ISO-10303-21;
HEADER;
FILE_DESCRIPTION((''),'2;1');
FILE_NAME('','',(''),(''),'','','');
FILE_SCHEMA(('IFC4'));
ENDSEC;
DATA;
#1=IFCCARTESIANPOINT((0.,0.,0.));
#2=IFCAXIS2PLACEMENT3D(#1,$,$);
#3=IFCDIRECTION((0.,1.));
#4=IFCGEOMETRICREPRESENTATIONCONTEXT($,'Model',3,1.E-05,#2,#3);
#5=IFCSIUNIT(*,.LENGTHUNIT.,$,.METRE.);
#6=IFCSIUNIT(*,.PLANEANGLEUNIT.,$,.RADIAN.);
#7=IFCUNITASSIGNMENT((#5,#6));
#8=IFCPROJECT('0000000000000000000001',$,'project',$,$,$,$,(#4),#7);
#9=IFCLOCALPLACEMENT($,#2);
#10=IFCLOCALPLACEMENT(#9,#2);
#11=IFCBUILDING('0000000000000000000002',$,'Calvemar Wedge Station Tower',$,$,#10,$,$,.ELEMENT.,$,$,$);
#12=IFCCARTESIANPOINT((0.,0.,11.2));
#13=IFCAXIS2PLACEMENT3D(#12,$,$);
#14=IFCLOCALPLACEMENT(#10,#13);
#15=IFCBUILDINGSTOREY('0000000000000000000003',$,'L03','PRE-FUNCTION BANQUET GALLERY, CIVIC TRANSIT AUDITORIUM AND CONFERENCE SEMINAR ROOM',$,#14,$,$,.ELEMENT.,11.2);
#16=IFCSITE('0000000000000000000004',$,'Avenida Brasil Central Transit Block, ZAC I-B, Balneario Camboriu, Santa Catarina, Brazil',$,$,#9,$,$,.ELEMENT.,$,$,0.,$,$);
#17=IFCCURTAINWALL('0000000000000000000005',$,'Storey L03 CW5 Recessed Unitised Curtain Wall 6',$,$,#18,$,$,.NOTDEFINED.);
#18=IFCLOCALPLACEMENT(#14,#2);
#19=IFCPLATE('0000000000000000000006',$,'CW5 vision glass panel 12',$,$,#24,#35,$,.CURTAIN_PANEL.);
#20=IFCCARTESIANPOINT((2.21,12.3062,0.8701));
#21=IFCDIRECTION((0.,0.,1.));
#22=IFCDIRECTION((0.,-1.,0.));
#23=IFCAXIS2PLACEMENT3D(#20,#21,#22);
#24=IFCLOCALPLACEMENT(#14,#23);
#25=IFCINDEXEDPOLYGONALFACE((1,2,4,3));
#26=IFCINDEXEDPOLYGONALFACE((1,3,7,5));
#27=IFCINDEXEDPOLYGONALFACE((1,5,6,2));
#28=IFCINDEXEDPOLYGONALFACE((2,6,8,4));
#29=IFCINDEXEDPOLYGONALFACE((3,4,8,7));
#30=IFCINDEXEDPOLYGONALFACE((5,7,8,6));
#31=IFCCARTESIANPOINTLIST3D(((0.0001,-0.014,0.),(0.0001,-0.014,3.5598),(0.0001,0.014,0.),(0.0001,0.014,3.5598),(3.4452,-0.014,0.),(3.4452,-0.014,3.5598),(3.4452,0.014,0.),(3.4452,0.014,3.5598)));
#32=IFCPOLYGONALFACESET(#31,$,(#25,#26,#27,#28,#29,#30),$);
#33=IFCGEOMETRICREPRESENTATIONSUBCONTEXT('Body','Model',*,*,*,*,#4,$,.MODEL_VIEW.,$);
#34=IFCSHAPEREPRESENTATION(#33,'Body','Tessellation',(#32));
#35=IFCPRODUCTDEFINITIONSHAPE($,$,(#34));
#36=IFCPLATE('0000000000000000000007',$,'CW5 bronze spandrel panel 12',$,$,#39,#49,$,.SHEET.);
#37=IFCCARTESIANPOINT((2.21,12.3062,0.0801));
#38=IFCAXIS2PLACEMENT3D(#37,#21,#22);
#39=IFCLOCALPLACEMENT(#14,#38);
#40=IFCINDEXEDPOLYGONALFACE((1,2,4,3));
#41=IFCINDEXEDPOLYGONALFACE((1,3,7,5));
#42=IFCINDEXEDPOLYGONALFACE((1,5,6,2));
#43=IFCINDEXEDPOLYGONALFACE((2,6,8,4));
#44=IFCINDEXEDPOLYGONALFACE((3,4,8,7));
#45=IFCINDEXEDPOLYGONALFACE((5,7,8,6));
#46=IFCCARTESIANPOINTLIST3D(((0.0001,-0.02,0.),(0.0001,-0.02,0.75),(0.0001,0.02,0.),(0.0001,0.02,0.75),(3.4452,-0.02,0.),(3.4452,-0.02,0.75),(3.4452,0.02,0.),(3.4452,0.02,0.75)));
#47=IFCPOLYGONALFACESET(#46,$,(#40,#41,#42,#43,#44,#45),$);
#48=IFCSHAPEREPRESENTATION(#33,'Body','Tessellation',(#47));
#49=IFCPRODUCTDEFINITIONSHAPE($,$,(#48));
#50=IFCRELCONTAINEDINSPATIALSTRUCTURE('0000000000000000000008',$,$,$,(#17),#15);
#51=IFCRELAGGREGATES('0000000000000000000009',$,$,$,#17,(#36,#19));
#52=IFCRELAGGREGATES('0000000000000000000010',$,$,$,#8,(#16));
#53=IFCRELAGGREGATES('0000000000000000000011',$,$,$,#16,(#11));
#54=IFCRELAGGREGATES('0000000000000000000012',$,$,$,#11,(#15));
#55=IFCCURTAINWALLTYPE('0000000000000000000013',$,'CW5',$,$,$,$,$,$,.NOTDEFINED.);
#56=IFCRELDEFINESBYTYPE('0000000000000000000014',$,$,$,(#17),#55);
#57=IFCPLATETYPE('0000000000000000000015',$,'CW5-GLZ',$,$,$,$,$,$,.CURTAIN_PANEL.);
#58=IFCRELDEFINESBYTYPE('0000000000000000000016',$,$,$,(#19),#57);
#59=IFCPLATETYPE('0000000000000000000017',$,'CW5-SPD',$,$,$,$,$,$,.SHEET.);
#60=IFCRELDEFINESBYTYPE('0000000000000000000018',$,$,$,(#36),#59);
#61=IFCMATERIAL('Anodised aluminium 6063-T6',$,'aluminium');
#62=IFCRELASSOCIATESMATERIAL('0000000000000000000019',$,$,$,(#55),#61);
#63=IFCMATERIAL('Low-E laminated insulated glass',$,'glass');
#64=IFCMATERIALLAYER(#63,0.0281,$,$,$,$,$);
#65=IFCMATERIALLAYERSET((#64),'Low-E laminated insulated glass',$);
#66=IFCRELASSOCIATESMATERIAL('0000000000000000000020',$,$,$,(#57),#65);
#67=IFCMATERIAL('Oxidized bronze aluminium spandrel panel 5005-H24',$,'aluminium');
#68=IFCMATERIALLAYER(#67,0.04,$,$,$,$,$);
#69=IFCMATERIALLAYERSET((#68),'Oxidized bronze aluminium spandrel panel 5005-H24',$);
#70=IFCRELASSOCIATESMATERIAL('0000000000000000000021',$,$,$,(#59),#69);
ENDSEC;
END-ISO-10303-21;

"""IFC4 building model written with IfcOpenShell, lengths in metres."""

from ifc_helpers import new_model, si_unit, direction, frame, frame_2d, origin, place, context, subcontext, project, spatial, rectangle, extrude, material, layer, layer_set, type_object, element, aggregate, save


model = new_model("IFC4")

# Units and contexts
model_context = context("Model", 3, precision=1e-05, world=origin(), true_north=direction((0.0, 1.0)))
body_context = subcontext(model_context, "Body", "Model", "MODEL_VIEW")
ifc_project = project(units=[si_unit("LENGTHUNIT", "METRE"), si_unit("PLANEANGLEUNIT", "RADIAN")], contexts=[model_context])

# Site, building, storey
site_placement = place(None, origin())
site = spatial("IfcSite", under=ifc_project, at=site_placement, Name="Avenida Brasil Central Transit Block, ZAC I-B, Balneario Camboriu, Santa Catarina, Brazil", CompositionType="ELEMENT", RefElevation=0.0)
building_placement = place(site_placement, origin())
building = spatial("IfcBuilding", under=site, at=building_placement, Name="Calvemar Wedge Station Tower", CompositionType="ELEMENT")
storey_placement = place(building_placement, frame((0.0, 0.0, 11.2)))
storey = spatial("IfcBuildingStorey", under=building, at=storey_placement, Name="L03", Description="PRE-FUNCTION BANQUET GALLERY, CIVIC TRANSIT AUDITORIUM AND CONFERENCE SEMINAR ROOM", CompositionType="ELEMENT", Elevation=11.2)

# Curtain wall, plates
ifc_material_1 = material(Name="Anodised aluminium 6063-T6", Category="aluminium")
curtain_wall_type = type_object("IfcCurtainWallType", Name="CW5", PredefinedType="NOTDEFINED", material=ifc_material_1)
curtain_wall_placement = place(storey_placement, origin())
curtain_wall = element("IfcCurtainWall", 1, at=curtain_wall_placement, inside=storey, type_object=curtain_wall_type, Name="Storey L03 CW5 Recessed Unitised Curtain Wall 6", PredefinedType="NOTDEFINED")
ifc_material_2 = material(Name="Low-E laminated insulated glass", Category="glass")
ifc_layer_1 = layer(ifc_material_2, 0.0281)
ifc_layer_set_1 = layer_set([ifc_layer_1], Name="Low-E laminated insulated glass")
plate_type_1 = type_object("IfcPlateType", Name="CW5-GLZ", PredefinedType="CURTAIN_PANEL", material=ifc_layer_set_1)
plate_1_placement = place(storey_placement, frame((2.21, 12.3062, 0.8701), z_axis=(0.0, 0.0, 1.0), x_axis=(0.0, -1.0, 0.0)))
plate_1 = element("IfcPlate", 2, at=plate_1_placement, type_object=plate_type_1, Name="CW5 vision glass panel 12", PredefinedType="CURTAIN_PANEL", context=body_context, shape_type="SweptSolid", body=[
    extrude(rectangle(XDim=3.4451, YDim=0.0281, at=frame_2d((1.7227, 0.0))), origin(), (0.0, 0.0, 1.0), 3.5598),
])
ifc_material_3 = material(Name="Oxidized bronze aluminium spandrel panel 5005-H24", Category="aluminium")
ifc_layer_2 = layer(ifc_material_3, 0.04)
ifc_layer_set_2 = layer_set([ifc_layer_2], Name="Oxidized bronze aluminium spandrel panel 5005-H24")
plate_type_2 = type_object("IfcPlateType", Name="CW5-SPD", PredefinedType="SHEET", material=ifc_layer_set_2)
plate_2_placement = place(storey_placement, frame((2.21, 12.3062, 0.0801), z_axis=(0.0, 0.0, 1.0), x_axis=(0.0, -1.0, 0.0)))
plate_2 = element("IfcPlate", 3, at=plate_2_placement, type_object=plate_type_2, Name="CW5 bronze spandrel panel 12", PredefinedType="SHEET", context=body_context, shape_type="SweptSolid", body=[
    extrude(rectangle(XDim=3.4451, YDim=0.04, at=frame_2d((1.7227, 0.0))), origin(), (0.0, 0.0, 1.0), 0.75),
])
aggregate(curtain_wall, [plate_2, plate_1])

save(model, "model.ifc")
